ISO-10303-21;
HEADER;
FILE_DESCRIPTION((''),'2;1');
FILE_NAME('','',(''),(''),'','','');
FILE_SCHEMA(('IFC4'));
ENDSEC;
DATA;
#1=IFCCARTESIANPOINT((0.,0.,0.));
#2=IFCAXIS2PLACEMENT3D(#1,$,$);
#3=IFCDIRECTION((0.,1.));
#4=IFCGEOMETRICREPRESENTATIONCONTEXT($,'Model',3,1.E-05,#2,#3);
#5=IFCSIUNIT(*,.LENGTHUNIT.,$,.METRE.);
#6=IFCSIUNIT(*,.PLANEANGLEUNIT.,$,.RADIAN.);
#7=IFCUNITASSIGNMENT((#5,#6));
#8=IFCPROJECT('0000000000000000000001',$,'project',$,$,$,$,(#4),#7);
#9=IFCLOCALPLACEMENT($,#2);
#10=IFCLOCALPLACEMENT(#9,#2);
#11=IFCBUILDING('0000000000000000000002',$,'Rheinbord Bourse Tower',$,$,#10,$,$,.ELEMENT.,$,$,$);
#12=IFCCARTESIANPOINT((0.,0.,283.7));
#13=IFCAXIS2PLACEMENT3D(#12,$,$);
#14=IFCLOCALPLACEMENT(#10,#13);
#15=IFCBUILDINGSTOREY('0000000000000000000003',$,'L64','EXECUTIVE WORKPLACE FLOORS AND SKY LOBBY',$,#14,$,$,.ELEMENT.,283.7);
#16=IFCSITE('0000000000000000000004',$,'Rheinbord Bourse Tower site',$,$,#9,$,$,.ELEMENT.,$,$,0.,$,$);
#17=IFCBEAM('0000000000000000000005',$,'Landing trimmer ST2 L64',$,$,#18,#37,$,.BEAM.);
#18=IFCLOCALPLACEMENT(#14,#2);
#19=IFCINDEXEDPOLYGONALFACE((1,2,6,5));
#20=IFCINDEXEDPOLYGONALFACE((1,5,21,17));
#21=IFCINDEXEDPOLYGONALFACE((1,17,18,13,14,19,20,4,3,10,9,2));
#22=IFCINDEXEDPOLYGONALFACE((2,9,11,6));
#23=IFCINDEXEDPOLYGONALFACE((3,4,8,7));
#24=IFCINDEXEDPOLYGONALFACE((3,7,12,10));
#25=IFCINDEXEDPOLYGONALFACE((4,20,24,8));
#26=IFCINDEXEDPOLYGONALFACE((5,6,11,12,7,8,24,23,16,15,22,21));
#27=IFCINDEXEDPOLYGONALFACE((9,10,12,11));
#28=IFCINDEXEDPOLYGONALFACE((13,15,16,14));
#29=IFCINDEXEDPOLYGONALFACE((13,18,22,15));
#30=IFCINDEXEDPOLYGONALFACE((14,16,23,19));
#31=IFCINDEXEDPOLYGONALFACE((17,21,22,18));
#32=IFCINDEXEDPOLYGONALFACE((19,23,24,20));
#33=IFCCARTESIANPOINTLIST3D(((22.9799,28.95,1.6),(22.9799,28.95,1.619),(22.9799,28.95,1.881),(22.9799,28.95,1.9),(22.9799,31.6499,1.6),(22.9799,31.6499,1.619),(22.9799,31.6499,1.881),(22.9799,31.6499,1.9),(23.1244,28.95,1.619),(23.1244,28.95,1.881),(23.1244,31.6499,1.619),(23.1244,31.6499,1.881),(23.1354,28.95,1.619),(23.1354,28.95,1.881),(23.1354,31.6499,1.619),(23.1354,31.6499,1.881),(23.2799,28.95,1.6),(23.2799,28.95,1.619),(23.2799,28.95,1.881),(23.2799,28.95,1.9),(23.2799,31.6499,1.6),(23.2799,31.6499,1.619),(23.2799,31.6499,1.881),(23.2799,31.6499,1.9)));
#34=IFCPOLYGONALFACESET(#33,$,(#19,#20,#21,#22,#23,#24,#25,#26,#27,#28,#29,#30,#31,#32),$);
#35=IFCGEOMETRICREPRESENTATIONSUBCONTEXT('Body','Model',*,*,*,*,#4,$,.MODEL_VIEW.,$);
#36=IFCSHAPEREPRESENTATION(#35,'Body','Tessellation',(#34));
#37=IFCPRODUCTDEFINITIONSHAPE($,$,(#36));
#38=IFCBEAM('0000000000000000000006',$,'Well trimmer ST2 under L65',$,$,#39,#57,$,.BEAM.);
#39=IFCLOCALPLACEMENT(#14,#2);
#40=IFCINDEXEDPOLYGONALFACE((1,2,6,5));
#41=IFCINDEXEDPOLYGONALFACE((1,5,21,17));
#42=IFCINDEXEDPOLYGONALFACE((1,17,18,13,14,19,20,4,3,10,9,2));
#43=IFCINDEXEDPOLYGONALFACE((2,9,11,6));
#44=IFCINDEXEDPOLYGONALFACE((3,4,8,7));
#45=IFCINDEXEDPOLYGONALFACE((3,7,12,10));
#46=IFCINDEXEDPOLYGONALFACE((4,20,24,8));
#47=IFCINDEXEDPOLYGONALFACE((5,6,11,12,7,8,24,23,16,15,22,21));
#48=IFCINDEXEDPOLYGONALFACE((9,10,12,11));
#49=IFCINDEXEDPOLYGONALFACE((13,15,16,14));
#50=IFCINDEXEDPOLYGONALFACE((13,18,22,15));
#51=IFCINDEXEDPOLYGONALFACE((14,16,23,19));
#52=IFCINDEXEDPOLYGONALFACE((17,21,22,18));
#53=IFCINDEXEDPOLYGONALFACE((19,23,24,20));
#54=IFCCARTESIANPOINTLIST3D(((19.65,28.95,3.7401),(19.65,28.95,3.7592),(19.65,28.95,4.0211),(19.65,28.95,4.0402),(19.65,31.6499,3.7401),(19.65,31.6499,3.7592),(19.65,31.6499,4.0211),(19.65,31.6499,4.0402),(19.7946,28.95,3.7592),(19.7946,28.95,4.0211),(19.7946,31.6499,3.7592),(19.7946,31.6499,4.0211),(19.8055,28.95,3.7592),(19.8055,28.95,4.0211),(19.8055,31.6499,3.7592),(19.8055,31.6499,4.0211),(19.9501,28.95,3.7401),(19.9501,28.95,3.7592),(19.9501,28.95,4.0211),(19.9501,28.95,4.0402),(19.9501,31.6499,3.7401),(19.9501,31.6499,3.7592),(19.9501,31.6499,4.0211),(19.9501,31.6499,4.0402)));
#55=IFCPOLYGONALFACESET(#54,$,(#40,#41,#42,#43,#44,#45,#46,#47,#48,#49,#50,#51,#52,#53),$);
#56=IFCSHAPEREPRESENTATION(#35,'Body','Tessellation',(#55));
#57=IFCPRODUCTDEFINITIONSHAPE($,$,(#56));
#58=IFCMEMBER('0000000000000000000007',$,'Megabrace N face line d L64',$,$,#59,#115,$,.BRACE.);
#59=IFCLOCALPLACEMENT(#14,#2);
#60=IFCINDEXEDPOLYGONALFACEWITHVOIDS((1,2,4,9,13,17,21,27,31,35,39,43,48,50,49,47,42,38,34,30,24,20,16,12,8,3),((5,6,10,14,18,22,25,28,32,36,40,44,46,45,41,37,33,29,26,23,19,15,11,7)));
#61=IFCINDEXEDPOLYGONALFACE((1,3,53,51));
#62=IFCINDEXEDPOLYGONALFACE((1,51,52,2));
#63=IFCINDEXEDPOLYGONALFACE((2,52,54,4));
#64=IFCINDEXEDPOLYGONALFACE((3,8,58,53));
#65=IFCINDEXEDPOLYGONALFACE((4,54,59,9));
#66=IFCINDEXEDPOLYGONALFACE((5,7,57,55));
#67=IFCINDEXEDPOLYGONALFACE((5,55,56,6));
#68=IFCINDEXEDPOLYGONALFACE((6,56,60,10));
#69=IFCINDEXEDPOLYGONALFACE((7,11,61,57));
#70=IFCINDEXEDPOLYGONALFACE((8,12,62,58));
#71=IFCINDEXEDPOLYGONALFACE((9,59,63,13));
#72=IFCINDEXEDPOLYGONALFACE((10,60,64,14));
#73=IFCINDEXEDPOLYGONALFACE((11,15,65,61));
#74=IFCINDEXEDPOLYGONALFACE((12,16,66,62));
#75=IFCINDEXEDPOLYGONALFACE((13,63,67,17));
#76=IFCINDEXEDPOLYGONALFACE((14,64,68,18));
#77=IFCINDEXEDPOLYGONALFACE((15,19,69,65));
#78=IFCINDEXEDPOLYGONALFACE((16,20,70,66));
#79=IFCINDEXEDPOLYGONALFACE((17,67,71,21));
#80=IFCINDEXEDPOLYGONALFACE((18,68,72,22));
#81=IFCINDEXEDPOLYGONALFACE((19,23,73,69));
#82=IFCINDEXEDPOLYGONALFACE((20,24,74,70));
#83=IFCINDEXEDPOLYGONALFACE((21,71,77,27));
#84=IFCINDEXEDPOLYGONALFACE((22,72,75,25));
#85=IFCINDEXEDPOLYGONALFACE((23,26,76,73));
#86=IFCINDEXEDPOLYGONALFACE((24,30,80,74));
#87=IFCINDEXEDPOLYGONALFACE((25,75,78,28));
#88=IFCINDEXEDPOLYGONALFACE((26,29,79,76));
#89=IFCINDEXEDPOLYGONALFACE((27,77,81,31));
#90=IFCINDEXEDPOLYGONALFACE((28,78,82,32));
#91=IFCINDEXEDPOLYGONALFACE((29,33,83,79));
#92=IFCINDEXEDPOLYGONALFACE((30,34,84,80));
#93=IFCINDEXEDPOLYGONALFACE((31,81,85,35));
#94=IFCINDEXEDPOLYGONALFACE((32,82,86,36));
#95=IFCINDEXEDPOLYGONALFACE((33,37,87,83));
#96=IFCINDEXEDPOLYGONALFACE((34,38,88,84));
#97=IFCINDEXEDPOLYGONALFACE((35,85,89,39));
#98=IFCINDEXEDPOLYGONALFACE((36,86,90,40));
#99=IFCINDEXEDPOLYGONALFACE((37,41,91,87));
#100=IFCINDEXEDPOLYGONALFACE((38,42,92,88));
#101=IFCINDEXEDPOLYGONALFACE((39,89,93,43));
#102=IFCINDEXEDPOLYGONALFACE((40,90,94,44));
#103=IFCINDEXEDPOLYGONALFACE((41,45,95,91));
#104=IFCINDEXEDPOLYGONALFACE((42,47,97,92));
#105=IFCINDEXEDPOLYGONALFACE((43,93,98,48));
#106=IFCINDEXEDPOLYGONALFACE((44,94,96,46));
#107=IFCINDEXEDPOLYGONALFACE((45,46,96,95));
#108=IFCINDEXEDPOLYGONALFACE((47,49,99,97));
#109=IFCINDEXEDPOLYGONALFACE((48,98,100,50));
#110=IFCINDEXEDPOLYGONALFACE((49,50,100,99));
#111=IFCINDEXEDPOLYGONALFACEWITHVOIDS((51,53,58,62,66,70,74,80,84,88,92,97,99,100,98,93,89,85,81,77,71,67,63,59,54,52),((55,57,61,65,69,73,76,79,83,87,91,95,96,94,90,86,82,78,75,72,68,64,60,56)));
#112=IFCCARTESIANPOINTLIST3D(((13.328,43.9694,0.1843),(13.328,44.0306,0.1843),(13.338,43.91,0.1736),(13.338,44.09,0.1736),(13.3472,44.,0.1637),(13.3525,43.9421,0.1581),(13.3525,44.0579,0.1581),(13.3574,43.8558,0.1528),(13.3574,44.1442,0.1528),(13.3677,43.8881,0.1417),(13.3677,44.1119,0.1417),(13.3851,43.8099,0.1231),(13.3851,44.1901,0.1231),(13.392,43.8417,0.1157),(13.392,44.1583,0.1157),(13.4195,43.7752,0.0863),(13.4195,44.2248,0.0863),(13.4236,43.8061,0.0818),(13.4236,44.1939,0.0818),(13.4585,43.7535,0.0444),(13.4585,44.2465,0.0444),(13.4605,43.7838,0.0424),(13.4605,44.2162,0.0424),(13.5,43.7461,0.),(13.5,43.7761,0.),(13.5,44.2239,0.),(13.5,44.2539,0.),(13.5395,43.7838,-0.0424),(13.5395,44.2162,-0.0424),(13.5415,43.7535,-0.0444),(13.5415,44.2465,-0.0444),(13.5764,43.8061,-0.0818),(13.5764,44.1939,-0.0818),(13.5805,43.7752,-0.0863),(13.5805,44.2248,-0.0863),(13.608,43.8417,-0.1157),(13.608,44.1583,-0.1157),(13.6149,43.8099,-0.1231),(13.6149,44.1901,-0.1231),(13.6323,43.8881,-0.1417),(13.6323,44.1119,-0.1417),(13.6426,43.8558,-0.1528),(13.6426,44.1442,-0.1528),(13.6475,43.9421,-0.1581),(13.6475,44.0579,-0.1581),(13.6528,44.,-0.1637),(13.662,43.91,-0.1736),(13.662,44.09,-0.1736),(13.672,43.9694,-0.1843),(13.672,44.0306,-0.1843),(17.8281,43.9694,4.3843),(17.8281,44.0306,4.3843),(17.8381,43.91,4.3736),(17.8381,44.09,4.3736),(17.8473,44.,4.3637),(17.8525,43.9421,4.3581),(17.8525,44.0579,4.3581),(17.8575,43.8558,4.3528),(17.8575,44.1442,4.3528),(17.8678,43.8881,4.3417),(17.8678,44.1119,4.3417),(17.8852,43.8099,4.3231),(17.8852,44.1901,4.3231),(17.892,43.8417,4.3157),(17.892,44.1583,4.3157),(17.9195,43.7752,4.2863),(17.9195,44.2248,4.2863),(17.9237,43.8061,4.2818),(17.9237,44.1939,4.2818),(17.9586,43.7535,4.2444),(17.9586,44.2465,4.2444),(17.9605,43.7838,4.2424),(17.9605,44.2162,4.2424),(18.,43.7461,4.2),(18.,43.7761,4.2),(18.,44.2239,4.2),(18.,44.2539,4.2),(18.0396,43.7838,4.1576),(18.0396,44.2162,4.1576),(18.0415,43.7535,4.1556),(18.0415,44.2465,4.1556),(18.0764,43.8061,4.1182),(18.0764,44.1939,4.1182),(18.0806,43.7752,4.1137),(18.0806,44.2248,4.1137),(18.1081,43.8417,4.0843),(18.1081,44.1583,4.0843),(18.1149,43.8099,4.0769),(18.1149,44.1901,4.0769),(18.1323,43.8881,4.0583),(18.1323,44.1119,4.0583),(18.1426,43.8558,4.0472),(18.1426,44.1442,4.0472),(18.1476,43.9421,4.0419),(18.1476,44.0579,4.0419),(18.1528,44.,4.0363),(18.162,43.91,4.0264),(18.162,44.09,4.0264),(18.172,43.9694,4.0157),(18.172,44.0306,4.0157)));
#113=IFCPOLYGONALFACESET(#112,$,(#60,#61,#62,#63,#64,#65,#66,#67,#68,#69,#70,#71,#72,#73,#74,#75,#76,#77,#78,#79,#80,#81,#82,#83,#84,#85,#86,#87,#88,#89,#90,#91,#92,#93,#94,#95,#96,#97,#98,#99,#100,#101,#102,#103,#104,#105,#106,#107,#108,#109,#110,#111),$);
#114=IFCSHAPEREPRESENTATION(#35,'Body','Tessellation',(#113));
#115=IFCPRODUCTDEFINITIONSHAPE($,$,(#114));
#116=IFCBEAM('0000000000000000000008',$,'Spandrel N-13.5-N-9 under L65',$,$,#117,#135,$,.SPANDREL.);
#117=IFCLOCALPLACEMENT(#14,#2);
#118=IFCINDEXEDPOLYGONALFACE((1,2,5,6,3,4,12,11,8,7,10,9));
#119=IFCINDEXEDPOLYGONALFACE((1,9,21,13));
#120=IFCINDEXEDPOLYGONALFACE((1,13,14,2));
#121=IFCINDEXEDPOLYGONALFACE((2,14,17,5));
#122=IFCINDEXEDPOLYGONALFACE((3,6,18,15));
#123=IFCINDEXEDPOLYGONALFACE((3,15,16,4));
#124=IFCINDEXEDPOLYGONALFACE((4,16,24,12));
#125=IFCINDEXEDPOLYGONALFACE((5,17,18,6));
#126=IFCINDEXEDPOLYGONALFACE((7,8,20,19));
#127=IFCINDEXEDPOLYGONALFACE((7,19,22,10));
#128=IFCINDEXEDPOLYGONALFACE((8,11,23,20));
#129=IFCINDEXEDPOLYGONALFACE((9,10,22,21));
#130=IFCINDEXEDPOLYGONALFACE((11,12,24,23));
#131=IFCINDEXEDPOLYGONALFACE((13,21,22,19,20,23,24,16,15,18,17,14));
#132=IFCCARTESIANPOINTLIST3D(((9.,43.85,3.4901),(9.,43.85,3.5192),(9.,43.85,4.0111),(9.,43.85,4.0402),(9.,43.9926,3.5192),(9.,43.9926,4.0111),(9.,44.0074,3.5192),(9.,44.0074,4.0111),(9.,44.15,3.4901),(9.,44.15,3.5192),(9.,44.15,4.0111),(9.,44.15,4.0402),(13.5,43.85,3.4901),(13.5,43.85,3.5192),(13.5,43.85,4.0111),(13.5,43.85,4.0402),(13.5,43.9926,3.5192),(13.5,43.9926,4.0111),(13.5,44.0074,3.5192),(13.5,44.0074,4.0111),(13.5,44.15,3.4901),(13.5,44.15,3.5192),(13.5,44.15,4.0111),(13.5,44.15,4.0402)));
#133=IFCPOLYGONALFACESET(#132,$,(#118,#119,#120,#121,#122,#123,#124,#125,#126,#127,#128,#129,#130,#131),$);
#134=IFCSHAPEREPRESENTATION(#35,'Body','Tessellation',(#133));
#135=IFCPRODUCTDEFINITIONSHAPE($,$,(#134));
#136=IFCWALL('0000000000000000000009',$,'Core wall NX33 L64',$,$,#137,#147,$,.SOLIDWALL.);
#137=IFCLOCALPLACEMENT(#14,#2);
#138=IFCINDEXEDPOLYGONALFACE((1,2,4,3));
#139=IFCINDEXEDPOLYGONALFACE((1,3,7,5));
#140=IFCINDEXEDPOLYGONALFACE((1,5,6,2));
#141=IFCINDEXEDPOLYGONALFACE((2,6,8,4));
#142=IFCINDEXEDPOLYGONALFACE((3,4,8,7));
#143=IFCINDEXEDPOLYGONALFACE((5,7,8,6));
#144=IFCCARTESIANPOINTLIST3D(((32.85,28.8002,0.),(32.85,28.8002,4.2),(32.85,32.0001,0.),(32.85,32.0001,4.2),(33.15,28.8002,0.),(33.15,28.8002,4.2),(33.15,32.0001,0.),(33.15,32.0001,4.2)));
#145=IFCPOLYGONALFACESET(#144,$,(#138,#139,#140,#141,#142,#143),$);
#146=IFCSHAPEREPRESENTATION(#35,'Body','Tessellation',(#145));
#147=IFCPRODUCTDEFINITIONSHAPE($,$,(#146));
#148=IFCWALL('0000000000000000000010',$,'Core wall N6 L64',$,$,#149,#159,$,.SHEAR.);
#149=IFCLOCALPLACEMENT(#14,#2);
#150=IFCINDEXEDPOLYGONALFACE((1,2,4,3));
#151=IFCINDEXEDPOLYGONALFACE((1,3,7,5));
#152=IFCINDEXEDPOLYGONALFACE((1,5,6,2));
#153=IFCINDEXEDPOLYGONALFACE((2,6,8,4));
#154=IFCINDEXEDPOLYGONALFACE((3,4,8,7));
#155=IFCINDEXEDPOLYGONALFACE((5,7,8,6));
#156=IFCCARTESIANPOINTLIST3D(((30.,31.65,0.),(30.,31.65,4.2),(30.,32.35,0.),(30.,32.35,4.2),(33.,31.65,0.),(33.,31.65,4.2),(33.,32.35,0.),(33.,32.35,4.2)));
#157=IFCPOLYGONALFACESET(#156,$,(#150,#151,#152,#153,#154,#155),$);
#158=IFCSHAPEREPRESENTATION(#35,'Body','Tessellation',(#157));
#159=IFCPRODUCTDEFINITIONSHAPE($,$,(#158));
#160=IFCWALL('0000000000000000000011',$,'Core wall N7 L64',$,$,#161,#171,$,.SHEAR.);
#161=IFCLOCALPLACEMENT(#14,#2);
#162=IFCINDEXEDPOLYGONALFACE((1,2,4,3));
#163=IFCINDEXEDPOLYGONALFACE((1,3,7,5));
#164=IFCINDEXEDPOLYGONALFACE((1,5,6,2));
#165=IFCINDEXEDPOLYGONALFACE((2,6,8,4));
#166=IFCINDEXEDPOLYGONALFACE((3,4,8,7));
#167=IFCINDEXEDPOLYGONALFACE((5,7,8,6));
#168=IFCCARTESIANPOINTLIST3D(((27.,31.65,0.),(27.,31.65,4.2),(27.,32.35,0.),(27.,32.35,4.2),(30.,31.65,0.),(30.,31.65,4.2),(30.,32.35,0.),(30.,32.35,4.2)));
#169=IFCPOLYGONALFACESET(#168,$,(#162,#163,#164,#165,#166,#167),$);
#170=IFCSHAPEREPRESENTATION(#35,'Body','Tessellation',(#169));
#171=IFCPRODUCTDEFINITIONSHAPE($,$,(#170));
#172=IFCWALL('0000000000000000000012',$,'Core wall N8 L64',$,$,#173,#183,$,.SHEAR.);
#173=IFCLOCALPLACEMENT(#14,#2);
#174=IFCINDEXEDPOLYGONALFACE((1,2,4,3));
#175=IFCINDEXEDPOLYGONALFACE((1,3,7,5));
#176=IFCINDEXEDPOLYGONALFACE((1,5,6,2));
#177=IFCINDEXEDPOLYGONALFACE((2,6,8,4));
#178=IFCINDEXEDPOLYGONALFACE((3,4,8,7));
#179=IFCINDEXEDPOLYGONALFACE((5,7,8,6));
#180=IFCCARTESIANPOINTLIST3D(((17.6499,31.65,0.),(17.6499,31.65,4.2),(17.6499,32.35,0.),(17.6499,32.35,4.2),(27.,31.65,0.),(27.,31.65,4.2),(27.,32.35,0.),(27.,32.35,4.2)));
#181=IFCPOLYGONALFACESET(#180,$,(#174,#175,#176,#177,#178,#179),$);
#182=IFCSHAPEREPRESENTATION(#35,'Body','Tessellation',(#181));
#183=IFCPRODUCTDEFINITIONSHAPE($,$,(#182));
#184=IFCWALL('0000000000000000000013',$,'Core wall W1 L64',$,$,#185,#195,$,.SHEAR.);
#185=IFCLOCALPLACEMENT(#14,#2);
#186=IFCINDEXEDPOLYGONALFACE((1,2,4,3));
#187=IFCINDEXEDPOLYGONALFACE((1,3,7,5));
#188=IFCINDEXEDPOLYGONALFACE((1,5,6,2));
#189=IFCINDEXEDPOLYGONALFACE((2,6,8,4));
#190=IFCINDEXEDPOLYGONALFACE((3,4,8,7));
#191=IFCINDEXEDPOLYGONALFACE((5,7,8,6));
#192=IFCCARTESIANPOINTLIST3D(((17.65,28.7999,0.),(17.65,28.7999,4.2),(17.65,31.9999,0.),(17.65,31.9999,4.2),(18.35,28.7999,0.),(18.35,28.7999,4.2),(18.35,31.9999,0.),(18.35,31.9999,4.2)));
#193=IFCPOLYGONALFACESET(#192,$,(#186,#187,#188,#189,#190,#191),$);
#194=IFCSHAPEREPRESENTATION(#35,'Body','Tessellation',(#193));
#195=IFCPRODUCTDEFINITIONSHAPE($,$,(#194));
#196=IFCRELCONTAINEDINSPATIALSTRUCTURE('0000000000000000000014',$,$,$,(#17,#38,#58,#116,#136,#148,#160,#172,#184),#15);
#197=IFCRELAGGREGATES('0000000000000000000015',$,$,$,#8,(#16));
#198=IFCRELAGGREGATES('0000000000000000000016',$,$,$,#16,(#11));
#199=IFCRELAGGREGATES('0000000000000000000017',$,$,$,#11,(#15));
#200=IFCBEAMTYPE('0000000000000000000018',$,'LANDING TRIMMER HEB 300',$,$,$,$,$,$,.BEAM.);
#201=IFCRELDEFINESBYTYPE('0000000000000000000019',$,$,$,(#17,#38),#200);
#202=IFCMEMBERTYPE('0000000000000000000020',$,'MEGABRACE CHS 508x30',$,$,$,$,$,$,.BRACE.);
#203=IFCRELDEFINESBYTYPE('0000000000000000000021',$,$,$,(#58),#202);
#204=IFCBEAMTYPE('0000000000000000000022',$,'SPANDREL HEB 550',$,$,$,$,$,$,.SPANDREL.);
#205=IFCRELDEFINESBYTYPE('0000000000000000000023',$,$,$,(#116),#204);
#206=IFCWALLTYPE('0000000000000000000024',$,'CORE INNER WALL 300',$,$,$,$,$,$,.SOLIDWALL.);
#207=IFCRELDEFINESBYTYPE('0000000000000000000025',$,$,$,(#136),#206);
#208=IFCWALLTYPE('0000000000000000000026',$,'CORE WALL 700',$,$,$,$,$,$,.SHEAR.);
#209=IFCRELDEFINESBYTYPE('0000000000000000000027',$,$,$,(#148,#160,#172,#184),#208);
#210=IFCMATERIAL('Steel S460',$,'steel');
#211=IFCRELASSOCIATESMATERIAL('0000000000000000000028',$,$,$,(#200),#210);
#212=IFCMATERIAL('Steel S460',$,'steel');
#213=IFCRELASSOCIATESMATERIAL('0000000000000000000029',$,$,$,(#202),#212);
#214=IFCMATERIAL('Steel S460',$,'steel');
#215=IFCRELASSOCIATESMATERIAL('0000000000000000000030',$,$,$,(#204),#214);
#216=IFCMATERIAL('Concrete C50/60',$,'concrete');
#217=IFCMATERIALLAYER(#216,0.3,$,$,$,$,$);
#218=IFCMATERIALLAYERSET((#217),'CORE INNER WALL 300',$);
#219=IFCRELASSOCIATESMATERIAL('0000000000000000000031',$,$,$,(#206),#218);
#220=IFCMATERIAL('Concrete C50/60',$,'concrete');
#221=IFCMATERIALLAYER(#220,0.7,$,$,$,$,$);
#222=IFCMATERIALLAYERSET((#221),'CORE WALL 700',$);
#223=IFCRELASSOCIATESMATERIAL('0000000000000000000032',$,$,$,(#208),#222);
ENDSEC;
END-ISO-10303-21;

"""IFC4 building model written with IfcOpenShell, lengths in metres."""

from ifc_helpers import new_model, si_unit, direction, frame, frame_2d, origin, origin_2d, place, context, subcontext, project, spatial, rectangle, hollow_circle, i_section, extrude, material, layer, layer_set, material_profile, profile_set, type_object, element, save


model = new_model("IFC4")

# Units and contexts
model_context = context("Model", 3, precision=1e-05, world=origin(), true_north=direction((0.0, 1.0)))
body_context = subcontext(model_context, "Body", "Model", "MODEL_VIEW")
ifc_project = project(units=[si_unit("LENGTHUNIT", "METRE"), si_unit("PLANEANGLEUNIT", "RADIAN")], contexts=[model_context])

# Site, building, storey
site_placement = place(None, origin())
site = spatial("IfcSite", under=ifc_project, at=site_placement, Name="Rheinbord Bourse Tower site", CompositionType="ELEMENT", RefElevation=0.0)
building_placement = place(site_placement, origin())
building = spatial("IfcBuilding", under=site, at=building_placement, Name="Rheinbord Bourse Tower", CompositionType="ELEMENT")
storey_placement = place(building_placement, frame((0.0, 0.0, 283.7)))
storey = spatial("IfcBuildingStorey", under=building, at=storey_placement, Name="L64", Description="EXECUTIVE WORKPLACE FLOORS AND SKY LOBBY", CompositionType="ELEMENT", Elevation=283.7)

# Beams
ifc_material_1 = material(Name="Steel S460", Category="steel")
ifc_material_profile_1 = material_profile(ifc_material_1, i_section(OverallWidth=0.3, OverallDepth=0.3, WebThickness=0.011, FlangeThickness=0.019, at=origin_2d()), Name="HEB 300")
ifc_profile_set_1 = profile_set([ifc_material_profile_1], Name="Steel S460")
beam_type_1 = type_object("IfcBeamType", Name="LANDING TRIMMER HEB 300", PredefinedType="BEAM", material=ifc_profile_set_1)
for number, where, z_axis, x_axis, name in (
    (1, (23.1299, 28.95, 1.75), (0.0, 1.0, 0.0), (-1.0, 0.0, 0.0), "Landing trimmer ST2 L64"),
    (2, (19.8, 28.95, 3.8901), (0.0, 1.0, 0.0), (-1.0, 0.0, 0.0), "Well trimmer ST2 under L65"),
):
    element("IfcBeam", number, at=place(storey_placement, frame(where, z_axis=z_axis, x_axis=x_axis)), inside=storey, type_object=beam_type_1, Name=name, PredefinedType="BEAM", context=body_context, shape_type="SweptSolid", body=[
        extrude(i_section(OverallWidth=0.3, OverallDepth=0.3, WebThickness=0.011, FlangeThickness=0.019, at=origin_2d()), origin(), (0.0, 0.0, 1.0), 2.7),
    ])

# Member
ifc_material_2 = material(Name="Steel S460", Category="steel")
ifc_material_profile_2 = material_profile(ifc_material_2, hollow_circle(Radius=0.2539, WallThickness=0.03, at=origin_2d()), Name="CHS 508x30")
ifc_profile_set_2 = profile_set([ifc_material_profile_2], Name="Steel S460")
member_type = type_object("IfcMemberType", Name="MEGABRACE CHS 508x30", PredefinedType="BRACE", material=ifc_profile_set_2)
member_placement = place(storey_placement, frame((13.5, 44.0, 0.0), z_axis=(0.731059, 0.0, 0.682314), x_axis=(0.0, 1.0, 0.0)))
element("IfcMember", 3, at=member_placement, inside=storey, type_object=member_type, Name="Megabrace N face line d L64", PredefinedType="BRACE", context=body_context, shape_type="SweptSolid", body=[
    extrude(hollow_circle(Radius=0.2539, WallThickness=0.03, at=origin_2d()), origin(), (0.0, 0.0, 1.0), 6.1555),
])

# Beam
ifc_material_3 = material(Name="Steel S460", Category="steel")
ifc_material_profile_3 = material_profile(ifc_material_3, i_section(OverallWidth=0.3, OverallDepth=0.55, WebThickness=0.0149, FlangeThickness=0.0291, at=origin_2d()), Name="HEB 550")
ifc_profile_set_3 = profile_set([ifc_material_profile_3], Name="Steel S460")
beam_type_2 = type_object("IfcBeamType", Name="SPANDREL HEB 550", PredefinedType="SPANDREL", material=ifc_profile_set_3)
beam_placement = place(storey_placement, frame((13.5, 44.0, 3.7651), z_axis=(-1.0, 0.0, 0.0), x_axis=(0.0, -1.0, 0.0)))
element("IfcBeam", 4, at=beam_placement, inside=storey, type_object=beam_type_2, Name="Spandrel N-13.5-N-9 under L65", PredefinedType="SPANDREL", context=body_context, shape_type="SweptSolid", body=[
    extrude(i_section(OverallWidth=0.3, OverallDepth=0.55, WebThickness=0.0149, FlangeThickness=0.0291, at=origin_2d()), origin(), (0.0, 0.0, 1.0), 4.5),
])

# Walls
ifc_material_4 = material(Name="Concrete C50/60", Category="concrete")
ifc_layer_1 = layer(ifc_material_4, 0.3)
ifc_layer_set_1 = layer_set([ifc_layer_1], Name="CORE INNER WALL 300")
wall_type_1 = type_object("IfcWallType", Name="CORE INNER WALL 300", PredefinedType="SOLIDWALL", material=ifc_layer_set_1)
wall_1_placement = place(storey_placement, frame((33.0, 28.8, 0.0), z_axis=(0.0, 0.0, 1.0), x_axis=(0.0, 1.0, 0.0)))
element("IfcWall", 5, at=wall_1_placement, inside=storey, type_object=wall_type_1, Name="Core wall NX33 L64", PredefinedType="SOLIDWALL", context=body_context, shape_type="SweptSolid", body=[
    extrude(rectangle(XDim=3.2, YDim=0.3, at=frame_2d((1.6001, 0.0))), origin(), (0.0, 0.0, 1.0), 4.2),
])
ifc_material_5 = material(Name="Concrete C50/60", Category="concrete")
ifc_layer_2 = layer(ifc_material_5, 0.7)
ifc_layer_set_2 = layer_set([ifc_layer_2], Name="CORE WALL 700")
wall_type_2 = type_object("IfcWallType", Name="CORE WALL 700", PredefinedType="SHEAR", material=ifc_layer_set_2)
for number, where, z_axis, x_axis, name in (
    (6, (33.0, 32.0, 0.0), (0.0, 0.0, 1.0), (-1.0, 0.0, 0.0), "Core wall N6 L64"),
    (7, (30.0, 32.0, 0.0), (0.0, 0.0, 1.0), (-1.0, 0.0, 0.0), "Core wall N7 L64"),
):
    element("IfcWall", number, at=place(storey_placement, frame(where, z_axis=z_axis, x_axis=x_axis)), inside=storey, type_object=wall_type_2, Name=name, PredefinedType="SHEAR", context=body_context, shape_type="SweptSolid", body=[
        extrude(rectangle(XDim=3.0, YDim=0.7, at=frame_2d((1.5, 0.0))), origin(), (0.0, 0.0, 1.0), 4.2),
    ])
wall_2_placement = place(storey_placement, frame((27.0, 32.0, 0.0), z_axis=(0.0, 0.0, 1.0), x_axis=(-1.0, 0.0, 0.0)))
element("IfcWall", 8, at=wall_2_placement, inside=storey, type_object=wall_type_2, Name="Core wall N8 L64", PredefinedType="SHEAR", context=body_context, shape_type="SweptSolid", body=[
    extrude(rectangle(XDim=9.3501, YDim=0.7, at=frame_2d((4.675, 0.0))), origin(), (0.0, 0.0, 1.0), 4.2),
])
wall_3_placement = place(storey_placement, frame((18.0, 32.0, 0.0), z_axis=(0.0, 0.0, 1.0), x_axis=(0.0, -1.0, 0.0)))
element("IfcWall", 9, at=wall_3_placement, inside=storey, type_object=wall_type_2, Name="Core wall W1 L64", PredefinedType="SHEAR", context=body_context, shape_type="SweptSolid", body=[
    extrude(rectangle(XDim=3.2, YDim=0.7, at=frame_2d((1.6001, 0.0))), origin(), (0.0, 0.0, 1.0), 4.2),
])

save(model, "model.ifc")
